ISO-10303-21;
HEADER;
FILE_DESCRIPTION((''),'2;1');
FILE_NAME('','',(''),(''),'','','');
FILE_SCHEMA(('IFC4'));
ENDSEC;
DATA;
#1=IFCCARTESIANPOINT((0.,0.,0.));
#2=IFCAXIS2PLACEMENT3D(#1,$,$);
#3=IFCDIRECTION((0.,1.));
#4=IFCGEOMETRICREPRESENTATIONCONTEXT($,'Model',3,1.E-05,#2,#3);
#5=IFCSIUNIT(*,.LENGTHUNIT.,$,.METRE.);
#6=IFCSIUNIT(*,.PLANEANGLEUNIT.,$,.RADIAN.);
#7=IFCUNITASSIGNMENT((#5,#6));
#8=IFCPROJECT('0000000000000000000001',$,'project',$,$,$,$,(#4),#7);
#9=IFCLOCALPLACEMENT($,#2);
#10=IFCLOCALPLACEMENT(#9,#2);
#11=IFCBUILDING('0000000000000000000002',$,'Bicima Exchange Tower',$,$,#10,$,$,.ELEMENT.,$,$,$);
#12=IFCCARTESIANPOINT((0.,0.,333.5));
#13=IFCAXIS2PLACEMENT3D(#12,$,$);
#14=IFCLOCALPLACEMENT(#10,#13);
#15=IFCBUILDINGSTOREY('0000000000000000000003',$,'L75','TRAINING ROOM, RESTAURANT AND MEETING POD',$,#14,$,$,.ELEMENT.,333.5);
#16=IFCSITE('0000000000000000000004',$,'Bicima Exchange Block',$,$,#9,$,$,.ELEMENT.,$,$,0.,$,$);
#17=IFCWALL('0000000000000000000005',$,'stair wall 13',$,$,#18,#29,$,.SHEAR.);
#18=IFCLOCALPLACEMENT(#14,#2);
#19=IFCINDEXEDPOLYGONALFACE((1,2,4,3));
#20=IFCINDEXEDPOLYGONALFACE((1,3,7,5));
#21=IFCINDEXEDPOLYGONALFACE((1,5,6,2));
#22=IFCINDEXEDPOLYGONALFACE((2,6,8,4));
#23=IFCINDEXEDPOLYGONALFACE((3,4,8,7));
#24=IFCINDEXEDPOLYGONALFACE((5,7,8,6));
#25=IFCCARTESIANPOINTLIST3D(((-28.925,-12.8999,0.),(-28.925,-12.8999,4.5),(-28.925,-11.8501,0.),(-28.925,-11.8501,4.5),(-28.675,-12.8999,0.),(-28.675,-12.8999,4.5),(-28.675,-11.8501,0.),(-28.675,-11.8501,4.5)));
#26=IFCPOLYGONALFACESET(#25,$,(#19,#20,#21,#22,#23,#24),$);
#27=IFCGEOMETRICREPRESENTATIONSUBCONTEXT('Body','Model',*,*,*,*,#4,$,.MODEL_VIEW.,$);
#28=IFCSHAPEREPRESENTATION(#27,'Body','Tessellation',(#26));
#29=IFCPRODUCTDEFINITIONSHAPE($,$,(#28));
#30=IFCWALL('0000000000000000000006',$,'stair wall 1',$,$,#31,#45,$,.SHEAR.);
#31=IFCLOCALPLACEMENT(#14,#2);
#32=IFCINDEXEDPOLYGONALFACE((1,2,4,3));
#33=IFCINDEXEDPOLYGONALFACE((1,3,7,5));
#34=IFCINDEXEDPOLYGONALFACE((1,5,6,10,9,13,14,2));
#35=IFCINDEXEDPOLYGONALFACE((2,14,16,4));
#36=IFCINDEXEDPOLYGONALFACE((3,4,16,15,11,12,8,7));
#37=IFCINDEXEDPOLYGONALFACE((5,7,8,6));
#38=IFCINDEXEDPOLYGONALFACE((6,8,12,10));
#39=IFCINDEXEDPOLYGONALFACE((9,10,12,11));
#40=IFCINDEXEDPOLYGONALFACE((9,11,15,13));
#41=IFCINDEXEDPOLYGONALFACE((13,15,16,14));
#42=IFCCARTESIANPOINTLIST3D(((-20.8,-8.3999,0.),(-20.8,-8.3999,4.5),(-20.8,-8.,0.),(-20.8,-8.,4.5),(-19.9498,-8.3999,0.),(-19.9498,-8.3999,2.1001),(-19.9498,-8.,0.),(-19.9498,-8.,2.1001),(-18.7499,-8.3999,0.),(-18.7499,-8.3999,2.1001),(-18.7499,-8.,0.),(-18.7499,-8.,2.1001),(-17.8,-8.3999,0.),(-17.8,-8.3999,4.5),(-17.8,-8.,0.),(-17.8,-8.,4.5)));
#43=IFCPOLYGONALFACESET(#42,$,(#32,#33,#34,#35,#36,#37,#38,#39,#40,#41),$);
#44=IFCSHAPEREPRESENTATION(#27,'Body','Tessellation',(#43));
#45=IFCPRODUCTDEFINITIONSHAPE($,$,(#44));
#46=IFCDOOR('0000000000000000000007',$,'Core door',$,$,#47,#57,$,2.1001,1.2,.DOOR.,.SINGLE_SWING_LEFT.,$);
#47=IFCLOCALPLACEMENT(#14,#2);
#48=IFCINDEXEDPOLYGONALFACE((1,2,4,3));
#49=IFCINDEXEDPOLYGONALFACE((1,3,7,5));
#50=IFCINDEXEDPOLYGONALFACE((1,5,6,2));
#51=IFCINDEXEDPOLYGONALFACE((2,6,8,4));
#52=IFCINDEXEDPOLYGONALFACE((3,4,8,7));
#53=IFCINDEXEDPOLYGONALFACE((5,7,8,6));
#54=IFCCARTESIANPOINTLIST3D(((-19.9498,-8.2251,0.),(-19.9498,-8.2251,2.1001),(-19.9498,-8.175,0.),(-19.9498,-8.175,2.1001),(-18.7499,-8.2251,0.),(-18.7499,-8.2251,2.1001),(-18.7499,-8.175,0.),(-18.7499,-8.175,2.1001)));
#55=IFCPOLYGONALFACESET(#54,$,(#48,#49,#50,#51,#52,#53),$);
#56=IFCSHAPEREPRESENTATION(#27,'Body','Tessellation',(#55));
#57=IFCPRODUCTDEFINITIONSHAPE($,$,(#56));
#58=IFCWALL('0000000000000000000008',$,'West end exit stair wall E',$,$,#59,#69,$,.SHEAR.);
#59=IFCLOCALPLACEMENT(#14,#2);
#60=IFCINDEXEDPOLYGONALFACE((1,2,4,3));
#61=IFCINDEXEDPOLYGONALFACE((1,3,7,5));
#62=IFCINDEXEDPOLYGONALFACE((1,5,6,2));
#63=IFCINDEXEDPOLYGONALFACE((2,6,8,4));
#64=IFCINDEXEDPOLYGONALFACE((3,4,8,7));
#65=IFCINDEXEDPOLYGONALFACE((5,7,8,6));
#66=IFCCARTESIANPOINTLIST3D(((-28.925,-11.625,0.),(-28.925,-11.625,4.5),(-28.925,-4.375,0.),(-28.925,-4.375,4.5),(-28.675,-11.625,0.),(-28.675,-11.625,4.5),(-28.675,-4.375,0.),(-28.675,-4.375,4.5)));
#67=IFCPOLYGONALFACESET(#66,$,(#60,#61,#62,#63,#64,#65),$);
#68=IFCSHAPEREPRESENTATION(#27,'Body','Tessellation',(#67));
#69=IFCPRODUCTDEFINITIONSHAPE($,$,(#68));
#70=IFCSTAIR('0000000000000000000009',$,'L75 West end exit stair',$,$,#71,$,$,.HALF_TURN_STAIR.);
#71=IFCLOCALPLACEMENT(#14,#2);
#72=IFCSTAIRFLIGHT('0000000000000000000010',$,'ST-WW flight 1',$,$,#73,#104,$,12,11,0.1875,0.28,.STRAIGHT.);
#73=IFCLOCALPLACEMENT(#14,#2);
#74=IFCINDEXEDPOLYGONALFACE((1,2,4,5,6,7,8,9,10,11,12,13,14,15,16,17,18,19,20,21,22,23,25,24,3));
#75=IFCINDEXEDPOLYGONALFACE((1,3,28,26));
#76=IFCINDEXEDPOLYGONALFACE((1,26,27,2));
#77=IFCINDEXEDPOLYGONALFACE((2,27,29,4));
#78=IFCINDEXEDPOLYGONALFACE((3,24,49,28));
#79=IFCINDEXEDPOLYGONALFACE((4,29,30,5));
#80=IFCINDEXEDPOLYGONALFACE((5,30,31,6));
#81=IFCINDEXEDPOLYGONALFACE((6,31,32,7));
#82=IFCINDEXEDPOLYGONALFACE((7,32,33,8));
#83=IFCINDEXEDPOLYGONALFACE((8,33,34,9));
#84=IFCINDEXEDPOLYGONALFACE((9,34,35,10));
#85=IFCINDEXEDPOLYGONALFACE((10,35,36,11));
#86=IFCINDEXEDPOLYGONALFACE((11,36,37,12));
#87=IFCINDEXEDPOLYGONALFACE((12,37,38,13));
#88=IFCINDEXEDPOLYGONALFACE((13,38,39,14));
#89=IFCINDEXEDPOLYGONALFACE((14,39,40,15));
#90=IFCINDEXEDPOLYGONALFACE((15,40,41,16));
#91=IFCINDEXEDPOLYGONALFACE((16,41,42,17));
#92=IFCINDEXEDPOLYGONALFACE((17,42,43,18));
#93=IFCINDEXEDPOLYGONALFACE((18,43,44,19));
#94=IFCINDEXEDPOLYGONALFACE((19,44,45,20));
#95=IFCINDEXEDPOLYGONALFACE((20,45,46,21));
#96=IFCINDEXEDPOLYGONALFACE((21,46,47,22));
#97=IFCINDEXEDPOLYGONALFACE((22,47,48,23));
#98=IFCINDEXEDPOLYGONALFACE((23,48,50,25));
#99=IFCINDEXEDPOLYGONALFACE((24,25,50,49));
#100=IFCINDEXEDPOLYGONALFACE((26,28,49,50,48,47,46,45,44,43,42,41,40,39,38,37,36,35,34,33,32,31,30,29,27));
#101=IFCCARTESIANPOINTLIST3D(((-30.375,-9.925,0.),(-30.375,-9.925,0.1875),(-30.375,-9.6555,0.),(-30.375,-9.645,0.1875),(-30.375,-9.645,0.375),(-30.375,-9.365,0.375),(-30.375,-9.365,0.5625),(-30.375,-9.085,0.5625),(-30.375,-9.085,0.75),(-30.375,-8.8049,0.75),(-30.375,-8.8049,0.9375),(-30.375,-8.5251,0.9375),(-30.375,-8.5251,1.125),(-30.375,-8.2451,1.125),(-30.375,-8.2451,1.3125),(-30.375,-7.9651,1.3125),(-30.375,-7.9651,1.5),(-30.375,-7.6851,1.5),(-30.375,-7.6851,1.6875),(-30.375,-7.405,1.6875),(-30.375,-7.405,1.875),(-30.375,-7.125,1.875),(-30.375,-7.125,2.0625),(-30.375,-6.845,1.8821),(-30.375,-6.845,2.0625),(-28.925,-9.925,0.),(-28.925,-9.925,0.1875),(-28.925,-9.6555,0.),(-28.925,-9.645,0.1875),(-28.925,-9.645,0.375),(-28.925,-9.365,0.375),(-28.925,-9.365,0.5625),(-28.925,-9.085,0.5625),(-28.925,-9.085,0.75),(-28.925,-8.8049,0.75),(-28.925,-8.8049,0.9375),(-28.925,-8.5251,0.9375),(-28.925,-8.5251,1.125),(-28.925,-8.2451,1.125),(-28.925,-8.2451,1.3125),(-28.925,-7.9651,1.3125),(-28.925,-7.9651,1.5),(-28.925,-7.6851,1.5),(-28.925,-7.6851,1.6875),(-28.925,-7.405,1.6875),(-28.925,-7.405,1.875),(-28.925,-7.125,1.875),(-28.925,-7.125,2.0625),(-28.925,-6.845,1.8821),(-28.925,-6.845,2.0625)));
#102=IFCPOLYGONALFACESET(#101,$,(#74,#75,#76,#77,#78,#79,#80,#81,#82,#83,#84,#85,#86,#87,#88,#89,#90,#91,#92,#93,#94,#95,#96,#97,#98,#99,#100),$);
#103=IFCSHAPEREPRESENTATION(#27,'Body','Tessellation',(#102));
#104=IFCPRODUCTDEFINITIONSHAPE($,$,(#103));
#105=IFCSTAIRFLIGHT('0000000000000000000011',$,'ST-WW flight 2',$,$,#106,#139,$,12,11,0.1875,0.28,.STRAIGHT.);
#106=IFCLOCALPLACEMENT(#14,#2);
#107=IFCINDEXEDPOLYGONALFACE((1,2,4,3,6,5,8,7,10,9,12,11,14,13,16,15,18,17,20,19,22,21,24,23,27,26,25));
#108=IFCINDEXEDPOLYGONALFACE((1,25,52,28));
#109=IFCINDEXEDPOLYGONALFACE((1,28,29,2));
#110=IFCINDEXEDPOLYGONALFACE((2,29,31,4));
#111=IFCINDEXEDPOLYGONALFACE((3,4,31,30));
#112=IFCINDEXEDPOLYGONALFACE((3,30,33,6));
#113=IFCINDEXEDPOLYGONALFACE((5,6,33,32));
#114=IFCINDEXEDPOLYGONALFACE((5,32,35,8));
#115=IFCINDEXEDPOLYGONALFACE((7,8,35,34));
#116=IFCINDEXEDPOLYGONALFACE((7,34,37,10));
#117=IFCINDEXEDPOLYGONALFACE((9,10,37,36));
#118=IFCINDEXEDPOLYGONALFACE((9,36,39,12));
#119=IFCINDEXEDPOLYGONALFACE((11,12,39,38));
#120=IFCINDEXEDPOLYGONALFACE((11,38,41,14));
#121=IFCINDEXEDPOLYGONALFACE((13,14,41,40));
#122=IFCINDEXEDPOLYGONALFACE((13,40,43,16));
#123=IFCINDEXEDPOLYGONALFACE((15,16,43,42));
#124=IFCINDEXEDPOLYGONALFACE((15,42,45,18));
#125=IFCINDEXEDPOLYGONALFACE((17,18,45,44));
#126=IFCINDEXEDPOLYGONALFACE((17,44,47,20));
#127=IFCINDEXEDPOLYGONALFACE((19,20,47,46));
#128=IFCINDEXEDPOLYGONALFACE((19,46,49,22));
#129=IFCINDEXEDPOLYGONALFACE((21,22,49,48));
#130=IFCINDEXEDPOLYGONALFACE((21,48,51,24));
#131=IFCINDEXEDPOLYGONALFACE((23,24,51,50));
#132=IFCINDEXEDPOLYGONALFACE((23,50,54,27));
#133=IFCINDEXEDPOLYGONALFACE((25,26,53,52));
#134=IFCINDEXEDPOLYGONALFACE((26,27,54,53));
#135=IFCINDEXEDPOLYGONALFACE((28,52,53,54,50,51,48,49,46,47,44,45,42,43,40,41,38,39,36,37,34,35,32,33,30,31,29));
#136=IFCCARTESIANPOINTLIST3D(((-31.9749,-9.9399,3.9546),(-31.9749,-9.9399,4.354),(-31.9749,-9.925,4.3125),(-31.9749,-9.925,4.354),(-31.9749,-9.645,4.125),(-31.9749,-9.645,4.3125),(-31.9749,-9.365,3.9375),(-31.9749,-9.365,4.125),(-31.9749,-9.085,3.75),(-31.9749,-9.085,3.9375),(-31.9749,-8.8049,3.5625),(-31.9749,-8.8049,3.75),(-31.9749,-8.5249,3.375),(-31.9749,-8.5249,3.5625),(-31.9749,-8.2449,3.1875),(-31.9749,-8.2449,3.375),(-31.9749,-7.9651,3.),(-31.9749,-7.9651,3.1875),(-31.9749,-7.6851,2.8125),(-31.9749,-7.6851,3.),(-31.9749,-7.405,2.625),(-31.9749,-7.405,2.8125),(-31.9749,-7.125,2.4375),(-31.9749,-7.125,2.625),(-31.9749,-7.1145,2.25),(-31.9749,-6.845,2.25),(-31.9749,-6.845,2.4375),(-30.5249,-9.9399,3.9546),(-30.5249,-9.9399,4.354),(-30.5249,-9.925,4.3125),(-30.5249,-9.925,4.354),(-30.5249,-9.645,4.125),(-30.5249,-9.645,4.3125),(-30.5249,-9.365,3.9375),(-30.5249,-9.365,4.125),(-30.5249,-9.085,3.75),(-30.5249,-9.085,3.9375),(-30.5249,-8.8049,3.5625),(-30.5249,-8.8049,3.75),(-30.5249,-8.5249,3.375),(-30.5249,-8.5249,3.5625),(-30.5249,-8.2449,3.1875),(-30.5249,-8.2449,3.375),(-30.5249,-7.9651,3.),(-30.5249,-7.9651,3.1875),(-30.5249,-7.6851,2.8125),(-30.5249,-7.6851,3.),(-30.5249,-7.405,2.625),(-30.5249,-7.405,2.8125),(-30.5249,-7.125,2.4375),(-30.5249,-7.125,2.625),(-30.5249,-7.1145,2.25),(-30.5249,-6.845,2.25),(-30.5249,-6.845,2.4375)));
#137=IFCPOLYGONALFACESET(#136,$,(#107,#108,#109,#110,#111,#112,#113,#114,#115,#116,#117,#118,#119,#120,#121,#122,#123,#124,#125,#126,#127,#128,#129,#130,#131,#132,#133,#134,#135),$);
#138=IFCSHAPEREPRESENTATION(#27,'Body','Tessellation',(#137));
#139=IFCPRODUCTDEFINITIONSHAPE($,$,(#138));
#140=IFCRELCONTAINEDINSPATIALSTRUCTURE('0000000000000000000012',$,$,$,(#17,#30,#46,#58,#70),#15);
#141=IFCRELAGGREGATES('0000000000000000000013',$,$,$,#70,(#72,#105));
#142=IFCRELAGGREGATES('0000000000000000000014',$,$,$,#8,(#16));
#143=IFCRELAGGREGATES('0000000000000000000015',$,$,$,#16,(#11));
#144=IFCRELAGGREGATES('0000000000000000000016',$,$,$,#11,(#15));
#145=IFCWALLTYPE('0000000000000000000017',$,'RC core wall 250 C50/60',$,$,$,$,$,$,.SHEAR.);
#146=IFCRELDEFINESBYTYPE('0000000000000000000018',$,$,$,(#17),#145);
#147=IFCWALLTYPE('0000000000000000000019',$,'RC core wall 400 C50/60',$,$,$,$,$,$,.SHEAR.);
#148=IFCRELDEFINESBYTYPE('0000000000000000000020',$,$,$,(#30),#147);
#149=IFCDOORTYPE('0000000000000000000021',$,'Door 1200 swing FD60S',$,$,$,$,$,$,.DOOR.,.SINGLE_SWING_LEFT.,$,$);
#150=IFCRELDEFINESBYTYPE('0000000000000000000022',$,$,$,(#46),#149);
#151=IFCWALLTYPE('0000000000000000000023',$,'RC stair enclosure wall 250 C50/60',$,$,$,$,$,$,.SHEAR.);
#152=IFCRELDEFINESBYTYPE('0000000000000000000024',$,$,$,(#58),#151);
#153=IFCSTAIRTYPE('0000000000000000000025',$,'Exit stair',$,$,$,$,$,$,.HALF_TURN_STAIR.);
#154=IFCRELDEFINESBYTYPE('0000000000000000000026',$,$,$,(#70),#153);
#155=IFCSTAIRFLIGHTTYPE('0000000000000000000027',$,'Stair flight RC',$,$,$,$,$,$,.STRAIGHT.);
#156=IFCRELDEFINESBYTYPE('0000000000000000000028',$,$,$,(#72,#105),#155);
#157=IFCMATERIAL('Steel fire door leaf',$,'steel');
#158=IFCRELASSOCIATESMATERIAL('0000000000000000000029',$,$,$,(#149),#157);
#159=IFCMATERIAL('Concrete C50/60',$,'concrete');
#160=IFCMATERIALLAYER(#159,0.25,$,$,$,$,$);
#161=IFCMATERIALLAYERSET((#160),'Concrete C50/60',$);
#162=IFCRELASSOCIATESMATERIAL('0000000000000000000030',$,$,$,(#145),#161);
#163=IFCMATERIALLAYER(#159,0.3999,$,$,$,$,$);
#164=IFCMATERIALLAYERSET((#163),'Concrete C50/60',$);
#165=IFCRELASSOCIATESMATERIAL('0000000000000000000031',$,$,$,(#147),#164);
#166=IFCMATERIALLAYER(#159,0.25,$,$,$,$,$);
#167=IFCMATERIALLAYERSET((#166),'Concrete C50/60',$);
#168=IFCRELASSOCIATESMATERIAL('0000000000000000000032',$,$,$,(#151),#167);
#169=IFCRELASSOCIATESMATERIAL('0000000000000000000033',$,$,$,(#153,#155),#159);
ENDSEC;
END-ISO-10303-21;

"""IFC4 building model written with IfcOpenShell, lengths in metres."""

from ifc_helpers import new_model, si_unit, direction, frame, frame_2d, origin, place, context, subcontext, project, spatial, polyline, rectangle, outline, extrude, material, layer, layer_set, type_object, element, fill, aggregate, save


model = new_model("IFC4")

# Units and contexts
model_context = context("Model", 3, precision=1e-05, world=origin(), true_north=direction((0.0, 1.0)))
body_context = subcontext(model_context, "Body", "Model", "MODEL_VIEW")
ifc_project = project(units=[si_unit("LENGTHUNIT", "METRE"), si_unit("PLANEANGLEUNIT", "RADIAN")], contexts=[model_context])

# Site, building, storey
site_placement = place(None, origin())
site = spatial("IfcSite", under=ifc_project, at=site_placement, Name="Bicima Exchange Block", CompositionType="ELEMENT", RefElevation=0.0)
building_placement = place(site_placement, origin())
building = spatial("IfcBuilding", under=site, at=building_placement, Name="Bicima Exchange Tower", CompositionType="ELEMENT")
storey_placement = place(building_placement, frame((0.0, 0.0, 333.5)))
storey = spatial("IfcBuildingStorey", under=building, at=storey_placement, Name="L75", Description="TRAINING ROOM, RESTAURANT AND MEETING POD", CompositionType="ELEMENT", Elevation=333.5)

# Shared definitions
ifc_material_1 = material(Name="Steel fire door leaf", Category="steel")
door_type_1 = type_object("IfcDoorType", Name="Door 1200 swing FD60S", OperationType="SINGLE_SWING_LEFT", PredefinedType="DOOR", material=ifc_material_1)

# Wall
ifc_material_2 = material(Name="Concrete C50/60", Category="concrete")
ifc_layer_1 = layer(ifc_material_2, 0.25)
ifc_layer_set_1 = layer_set([ifc_layer_1], Name="Concrete C50/60")
wall_type_1 = type_object("IfcWallType", Name="RC core wall 250 C50/60", PredefinedType="SHEAR", material=ifc_layer_set_1)
wall_1_placement = place(storey_placement, frame((-28.8, -12.8999, 0.0), z_axis=(0.0, 0.0, 1.0), x_axis=(0.0, 1.0, 0.0)))
element("IfcWall", 1, at=wall_1_placement, inside=storey, type_object=wall_type_1, Name="stair wall 13", PredefinedType="SHEAR", context=body_context, shape_type="SweptSolid", body=[
    extrude(rectangle(XDim=1.0498, YDim=0.25, at=frame_2d((0.5249, 0.0))), origin(), (0.0, 0.0, 1.0), 4.5),
])

# Wall, opening, door
ifc_layer_2 = layer(ifc_material_2, 0.3999)
ifc_layer_set_2 = layer_set([ifc_layer_2], Name="Concrete C50/60")
wall_type_2 = type_object("IfcWallType", Name="RC core wall 400 C50/60", PredefinedType="SHEAR", material=ifc_layer_set_2)
wall_2_placement = place(storey_placement, frame((-20.8, -8.2, 0.0), z_axis=(0.0, 0.0, 1.0), x_axis=(1.0, 0.0, 0.0)))
wall_2 = element("IfcWall", 2, at=wall_2_placement, inside=storey, type_object=wall_type_2, Name="stair wall 1", PredefinedType="SHEAR", context=body_context, shape_type="SweptSolid", body=[
    extrude(rectangle(XDim=3.0, YDim=0.3999, at=frame_2d((1.5, 0.0))), origin(), (0.0, 0.0, 1.0), 4.5),
])
opening_1_placement = place(wall_2_placement, frame((0.8501, 0.0, 0.0)))
opening_1 = element("IfcOpeningElement", 3, at=opening_1_placement, cuts=wall_2, PredefinedType="OPENING", context=body_context, shape_type="SweptSolid", body=[
    extrude(rectangle(XDim=1.2, YDim=2.1001, at=frame_2d((0.6001, 1.05))), frame((0.0, 0.2119, 0.0), z_axis=(0.0, -1.0, 0.0), x_axis=(1.0, 0.0, 0.0)), (0.0, 0.0, 1.0), 0.4238),
])
door_1_placement = place(opening_1_placement, origin())
door_1 = element("IfcDoor", 4, at=door_1_placement, inside=storey, type_object=door_type_1, Name="Core door", OperationType="SINGLE_SWING_LEFT", OverallHeight=2.1001, OverallWidth=1.2, PredefinedType="DOOR", context=body_context, shape_type="SweptSolid", body=[
    extrude(rectangle(XDim=1.2, YDim=2.1001, at=frame_2d((0.6001, 1.05))), frame((0.0, 0.0249, 0.0), z_axis=(0.0, -1.0, 0.0), x_axis=(1.0, 0.0, 0.0)), (0.0, 0.0, 1.0), 0.05),
])
fill(opening_1, door_1)

# Wall
ifc_layer_3 = layer(ifc_material_2, 0.25)
ifc_layer_set_3 = layer_set([ifc_layer_3], Name="Concrete C50/60")
wall_type_3 = type_object("IfcWallType", Name="RC stair enclosure wall 250 C50/60", PredefinedType="SHEAR", material=ifc_layer_set_3)
wall_3_placement = place(storey_placement, frame((-28.8, -11.625, 0.0), z_axis=(0.0, 0.0, 1.0), x_axis=(0.0, 1.0, 0.0)))
element("IfcWall", 5, at=wall_3_placement, inside=storey, type_object=wall_type_3, Name="West end exit stair wall E", PredefinedType="SHEAR", context=body_context, shape_type="SweptSolid", body=[
    extrude(rectangle(XDim=7.25, YDim=0.25, at=frame_2d((3.625, 0.0))), origin(), (0.0, 0.0, 1.0), 4.5),
])

# Stair, stair flights
stair_type = type_object("IfcStairType", Name="Exit stair", PredefinedType="HALF_TURN_STAIR", material=ifc_material_2)
stair_placement = place(storey_placement, origin())
stair = element("IfcStair", 6, at=stair_placement, inside=storey, type_object=stair_type, Name="L75 West end exit stair", PredefinedType="HALF_TURN_STAIR")
stair_flight_type = type_object("IfcStairFlightType", Name="Stair flight RC", PredefinedType="STRAIGHT", material=ifc_material_2)
stair_flight_1_placement = place(storey_placement, frame((-29.6499, -9.925, 0.0), z_axis=(0.0, 0.0, 1.0), x_axis=(0.0, 1.0, 0.0)))
stair_flight_1 = element("IfcStairFlight", 7, at=stair_flight_1_placement, type_object=stair_flight_type, Name="ST-WW flight 1", NumberOfRisers=12, NumberOfTreads=11, PredefinedType="STRAIGHT", RiserHeight=0.1875, TreadLength=0.28, context=body_context, shape_type="SweptSolid", body=[
    extrude(outline(polyline([(0.0, 0.0), (0.0, 0.1875), (0.28, 0.1875), (0.28, 0.375), (0.5601, 0.375), (0.5601, 0.5625), (0.8401, 0.5625), (0.8401, 0.75), (1.1201, 0.75), (1.1201, 0.9375), (1.3999, 0.9375), (1.3999, 1.125), (1.6799, 1.125), (1.6799, 1.3125), (1.96, 1.3125), (1.96, 1.5), (2.24, 1.5), (2.24, 1.6875), (2.52, 1.6875), (2.52, 1.875), (2.8, 1.875), (2.8, 2.0625), (3.0801, 2.0625), (3.0801, 2.25), (3.0801, 1.8821), (0.2695, 0.0), (0.0, 0.0)])), frame((0.0, 0.7251, 0.0), z_axis=(0.0, -1.0, 0.0), x_axis=(1.0, 0.0, 0.0)), (0.0, 0.0, 1.0), 1.45),
])
stair_flight_2_placement = place(storey_placement, frame((-31.25, -6.845, 2.25), z_axis=(0.0, 0.0, 1.0), x_axis=(0.0, -1.0, 0.0)))
stair_flight_2 = element("IfcStairFlight", 8, at=stair_flight_2_placement, type_object=stair_flight_type, Name="ST-WW flight 2", NumberOfRisers=12, NumberOfTreads=11, PredefinedType="STRAIGHT", RiserHeight=0.1875, TreadLength=0.28, context=body_context, shape_type="SweptSolid", body=[
    extrude(outline(polyline([(0.0, 0.0), (0.0, 0.1875), (0.28, 0.1875), (0.28, 0.375), (0.5601, 0.375), (0.5601, 0.5625), (0.8401, 0.5625), (0.8401, 0.75), (1.1201, 0.75), (1.1201, 0.9375), (1.3999, 0.9375), (1.3999, 1.125), (1.6799, 1.125), (1.6799, 1.3125), (1.96, 1.3125), (1.96, 1.5), (2.24, 1.5), (2.24, 1.6875), (2.52, 1.6875), (2.52, 1.875), (2.8, 1.875), (2.8, 2.0625), (3.0801, 2.0625), (3.0801, 2.104), (3.095, 2.104), (3.095, 1.7046), (0.2695, 0.0), (0.0, 0.0)])), frame((0.0, 0.7251, 0.0), z_axis=(0.0, -1.0, 0.0), x_axis=(1.0, 0.0, 0.0)), (0.0, 0.0, 1.0), 1.45),
])
aggregate(stair, [stair_flight_1, stair_flight_2])

save(model, "model.ifc")
